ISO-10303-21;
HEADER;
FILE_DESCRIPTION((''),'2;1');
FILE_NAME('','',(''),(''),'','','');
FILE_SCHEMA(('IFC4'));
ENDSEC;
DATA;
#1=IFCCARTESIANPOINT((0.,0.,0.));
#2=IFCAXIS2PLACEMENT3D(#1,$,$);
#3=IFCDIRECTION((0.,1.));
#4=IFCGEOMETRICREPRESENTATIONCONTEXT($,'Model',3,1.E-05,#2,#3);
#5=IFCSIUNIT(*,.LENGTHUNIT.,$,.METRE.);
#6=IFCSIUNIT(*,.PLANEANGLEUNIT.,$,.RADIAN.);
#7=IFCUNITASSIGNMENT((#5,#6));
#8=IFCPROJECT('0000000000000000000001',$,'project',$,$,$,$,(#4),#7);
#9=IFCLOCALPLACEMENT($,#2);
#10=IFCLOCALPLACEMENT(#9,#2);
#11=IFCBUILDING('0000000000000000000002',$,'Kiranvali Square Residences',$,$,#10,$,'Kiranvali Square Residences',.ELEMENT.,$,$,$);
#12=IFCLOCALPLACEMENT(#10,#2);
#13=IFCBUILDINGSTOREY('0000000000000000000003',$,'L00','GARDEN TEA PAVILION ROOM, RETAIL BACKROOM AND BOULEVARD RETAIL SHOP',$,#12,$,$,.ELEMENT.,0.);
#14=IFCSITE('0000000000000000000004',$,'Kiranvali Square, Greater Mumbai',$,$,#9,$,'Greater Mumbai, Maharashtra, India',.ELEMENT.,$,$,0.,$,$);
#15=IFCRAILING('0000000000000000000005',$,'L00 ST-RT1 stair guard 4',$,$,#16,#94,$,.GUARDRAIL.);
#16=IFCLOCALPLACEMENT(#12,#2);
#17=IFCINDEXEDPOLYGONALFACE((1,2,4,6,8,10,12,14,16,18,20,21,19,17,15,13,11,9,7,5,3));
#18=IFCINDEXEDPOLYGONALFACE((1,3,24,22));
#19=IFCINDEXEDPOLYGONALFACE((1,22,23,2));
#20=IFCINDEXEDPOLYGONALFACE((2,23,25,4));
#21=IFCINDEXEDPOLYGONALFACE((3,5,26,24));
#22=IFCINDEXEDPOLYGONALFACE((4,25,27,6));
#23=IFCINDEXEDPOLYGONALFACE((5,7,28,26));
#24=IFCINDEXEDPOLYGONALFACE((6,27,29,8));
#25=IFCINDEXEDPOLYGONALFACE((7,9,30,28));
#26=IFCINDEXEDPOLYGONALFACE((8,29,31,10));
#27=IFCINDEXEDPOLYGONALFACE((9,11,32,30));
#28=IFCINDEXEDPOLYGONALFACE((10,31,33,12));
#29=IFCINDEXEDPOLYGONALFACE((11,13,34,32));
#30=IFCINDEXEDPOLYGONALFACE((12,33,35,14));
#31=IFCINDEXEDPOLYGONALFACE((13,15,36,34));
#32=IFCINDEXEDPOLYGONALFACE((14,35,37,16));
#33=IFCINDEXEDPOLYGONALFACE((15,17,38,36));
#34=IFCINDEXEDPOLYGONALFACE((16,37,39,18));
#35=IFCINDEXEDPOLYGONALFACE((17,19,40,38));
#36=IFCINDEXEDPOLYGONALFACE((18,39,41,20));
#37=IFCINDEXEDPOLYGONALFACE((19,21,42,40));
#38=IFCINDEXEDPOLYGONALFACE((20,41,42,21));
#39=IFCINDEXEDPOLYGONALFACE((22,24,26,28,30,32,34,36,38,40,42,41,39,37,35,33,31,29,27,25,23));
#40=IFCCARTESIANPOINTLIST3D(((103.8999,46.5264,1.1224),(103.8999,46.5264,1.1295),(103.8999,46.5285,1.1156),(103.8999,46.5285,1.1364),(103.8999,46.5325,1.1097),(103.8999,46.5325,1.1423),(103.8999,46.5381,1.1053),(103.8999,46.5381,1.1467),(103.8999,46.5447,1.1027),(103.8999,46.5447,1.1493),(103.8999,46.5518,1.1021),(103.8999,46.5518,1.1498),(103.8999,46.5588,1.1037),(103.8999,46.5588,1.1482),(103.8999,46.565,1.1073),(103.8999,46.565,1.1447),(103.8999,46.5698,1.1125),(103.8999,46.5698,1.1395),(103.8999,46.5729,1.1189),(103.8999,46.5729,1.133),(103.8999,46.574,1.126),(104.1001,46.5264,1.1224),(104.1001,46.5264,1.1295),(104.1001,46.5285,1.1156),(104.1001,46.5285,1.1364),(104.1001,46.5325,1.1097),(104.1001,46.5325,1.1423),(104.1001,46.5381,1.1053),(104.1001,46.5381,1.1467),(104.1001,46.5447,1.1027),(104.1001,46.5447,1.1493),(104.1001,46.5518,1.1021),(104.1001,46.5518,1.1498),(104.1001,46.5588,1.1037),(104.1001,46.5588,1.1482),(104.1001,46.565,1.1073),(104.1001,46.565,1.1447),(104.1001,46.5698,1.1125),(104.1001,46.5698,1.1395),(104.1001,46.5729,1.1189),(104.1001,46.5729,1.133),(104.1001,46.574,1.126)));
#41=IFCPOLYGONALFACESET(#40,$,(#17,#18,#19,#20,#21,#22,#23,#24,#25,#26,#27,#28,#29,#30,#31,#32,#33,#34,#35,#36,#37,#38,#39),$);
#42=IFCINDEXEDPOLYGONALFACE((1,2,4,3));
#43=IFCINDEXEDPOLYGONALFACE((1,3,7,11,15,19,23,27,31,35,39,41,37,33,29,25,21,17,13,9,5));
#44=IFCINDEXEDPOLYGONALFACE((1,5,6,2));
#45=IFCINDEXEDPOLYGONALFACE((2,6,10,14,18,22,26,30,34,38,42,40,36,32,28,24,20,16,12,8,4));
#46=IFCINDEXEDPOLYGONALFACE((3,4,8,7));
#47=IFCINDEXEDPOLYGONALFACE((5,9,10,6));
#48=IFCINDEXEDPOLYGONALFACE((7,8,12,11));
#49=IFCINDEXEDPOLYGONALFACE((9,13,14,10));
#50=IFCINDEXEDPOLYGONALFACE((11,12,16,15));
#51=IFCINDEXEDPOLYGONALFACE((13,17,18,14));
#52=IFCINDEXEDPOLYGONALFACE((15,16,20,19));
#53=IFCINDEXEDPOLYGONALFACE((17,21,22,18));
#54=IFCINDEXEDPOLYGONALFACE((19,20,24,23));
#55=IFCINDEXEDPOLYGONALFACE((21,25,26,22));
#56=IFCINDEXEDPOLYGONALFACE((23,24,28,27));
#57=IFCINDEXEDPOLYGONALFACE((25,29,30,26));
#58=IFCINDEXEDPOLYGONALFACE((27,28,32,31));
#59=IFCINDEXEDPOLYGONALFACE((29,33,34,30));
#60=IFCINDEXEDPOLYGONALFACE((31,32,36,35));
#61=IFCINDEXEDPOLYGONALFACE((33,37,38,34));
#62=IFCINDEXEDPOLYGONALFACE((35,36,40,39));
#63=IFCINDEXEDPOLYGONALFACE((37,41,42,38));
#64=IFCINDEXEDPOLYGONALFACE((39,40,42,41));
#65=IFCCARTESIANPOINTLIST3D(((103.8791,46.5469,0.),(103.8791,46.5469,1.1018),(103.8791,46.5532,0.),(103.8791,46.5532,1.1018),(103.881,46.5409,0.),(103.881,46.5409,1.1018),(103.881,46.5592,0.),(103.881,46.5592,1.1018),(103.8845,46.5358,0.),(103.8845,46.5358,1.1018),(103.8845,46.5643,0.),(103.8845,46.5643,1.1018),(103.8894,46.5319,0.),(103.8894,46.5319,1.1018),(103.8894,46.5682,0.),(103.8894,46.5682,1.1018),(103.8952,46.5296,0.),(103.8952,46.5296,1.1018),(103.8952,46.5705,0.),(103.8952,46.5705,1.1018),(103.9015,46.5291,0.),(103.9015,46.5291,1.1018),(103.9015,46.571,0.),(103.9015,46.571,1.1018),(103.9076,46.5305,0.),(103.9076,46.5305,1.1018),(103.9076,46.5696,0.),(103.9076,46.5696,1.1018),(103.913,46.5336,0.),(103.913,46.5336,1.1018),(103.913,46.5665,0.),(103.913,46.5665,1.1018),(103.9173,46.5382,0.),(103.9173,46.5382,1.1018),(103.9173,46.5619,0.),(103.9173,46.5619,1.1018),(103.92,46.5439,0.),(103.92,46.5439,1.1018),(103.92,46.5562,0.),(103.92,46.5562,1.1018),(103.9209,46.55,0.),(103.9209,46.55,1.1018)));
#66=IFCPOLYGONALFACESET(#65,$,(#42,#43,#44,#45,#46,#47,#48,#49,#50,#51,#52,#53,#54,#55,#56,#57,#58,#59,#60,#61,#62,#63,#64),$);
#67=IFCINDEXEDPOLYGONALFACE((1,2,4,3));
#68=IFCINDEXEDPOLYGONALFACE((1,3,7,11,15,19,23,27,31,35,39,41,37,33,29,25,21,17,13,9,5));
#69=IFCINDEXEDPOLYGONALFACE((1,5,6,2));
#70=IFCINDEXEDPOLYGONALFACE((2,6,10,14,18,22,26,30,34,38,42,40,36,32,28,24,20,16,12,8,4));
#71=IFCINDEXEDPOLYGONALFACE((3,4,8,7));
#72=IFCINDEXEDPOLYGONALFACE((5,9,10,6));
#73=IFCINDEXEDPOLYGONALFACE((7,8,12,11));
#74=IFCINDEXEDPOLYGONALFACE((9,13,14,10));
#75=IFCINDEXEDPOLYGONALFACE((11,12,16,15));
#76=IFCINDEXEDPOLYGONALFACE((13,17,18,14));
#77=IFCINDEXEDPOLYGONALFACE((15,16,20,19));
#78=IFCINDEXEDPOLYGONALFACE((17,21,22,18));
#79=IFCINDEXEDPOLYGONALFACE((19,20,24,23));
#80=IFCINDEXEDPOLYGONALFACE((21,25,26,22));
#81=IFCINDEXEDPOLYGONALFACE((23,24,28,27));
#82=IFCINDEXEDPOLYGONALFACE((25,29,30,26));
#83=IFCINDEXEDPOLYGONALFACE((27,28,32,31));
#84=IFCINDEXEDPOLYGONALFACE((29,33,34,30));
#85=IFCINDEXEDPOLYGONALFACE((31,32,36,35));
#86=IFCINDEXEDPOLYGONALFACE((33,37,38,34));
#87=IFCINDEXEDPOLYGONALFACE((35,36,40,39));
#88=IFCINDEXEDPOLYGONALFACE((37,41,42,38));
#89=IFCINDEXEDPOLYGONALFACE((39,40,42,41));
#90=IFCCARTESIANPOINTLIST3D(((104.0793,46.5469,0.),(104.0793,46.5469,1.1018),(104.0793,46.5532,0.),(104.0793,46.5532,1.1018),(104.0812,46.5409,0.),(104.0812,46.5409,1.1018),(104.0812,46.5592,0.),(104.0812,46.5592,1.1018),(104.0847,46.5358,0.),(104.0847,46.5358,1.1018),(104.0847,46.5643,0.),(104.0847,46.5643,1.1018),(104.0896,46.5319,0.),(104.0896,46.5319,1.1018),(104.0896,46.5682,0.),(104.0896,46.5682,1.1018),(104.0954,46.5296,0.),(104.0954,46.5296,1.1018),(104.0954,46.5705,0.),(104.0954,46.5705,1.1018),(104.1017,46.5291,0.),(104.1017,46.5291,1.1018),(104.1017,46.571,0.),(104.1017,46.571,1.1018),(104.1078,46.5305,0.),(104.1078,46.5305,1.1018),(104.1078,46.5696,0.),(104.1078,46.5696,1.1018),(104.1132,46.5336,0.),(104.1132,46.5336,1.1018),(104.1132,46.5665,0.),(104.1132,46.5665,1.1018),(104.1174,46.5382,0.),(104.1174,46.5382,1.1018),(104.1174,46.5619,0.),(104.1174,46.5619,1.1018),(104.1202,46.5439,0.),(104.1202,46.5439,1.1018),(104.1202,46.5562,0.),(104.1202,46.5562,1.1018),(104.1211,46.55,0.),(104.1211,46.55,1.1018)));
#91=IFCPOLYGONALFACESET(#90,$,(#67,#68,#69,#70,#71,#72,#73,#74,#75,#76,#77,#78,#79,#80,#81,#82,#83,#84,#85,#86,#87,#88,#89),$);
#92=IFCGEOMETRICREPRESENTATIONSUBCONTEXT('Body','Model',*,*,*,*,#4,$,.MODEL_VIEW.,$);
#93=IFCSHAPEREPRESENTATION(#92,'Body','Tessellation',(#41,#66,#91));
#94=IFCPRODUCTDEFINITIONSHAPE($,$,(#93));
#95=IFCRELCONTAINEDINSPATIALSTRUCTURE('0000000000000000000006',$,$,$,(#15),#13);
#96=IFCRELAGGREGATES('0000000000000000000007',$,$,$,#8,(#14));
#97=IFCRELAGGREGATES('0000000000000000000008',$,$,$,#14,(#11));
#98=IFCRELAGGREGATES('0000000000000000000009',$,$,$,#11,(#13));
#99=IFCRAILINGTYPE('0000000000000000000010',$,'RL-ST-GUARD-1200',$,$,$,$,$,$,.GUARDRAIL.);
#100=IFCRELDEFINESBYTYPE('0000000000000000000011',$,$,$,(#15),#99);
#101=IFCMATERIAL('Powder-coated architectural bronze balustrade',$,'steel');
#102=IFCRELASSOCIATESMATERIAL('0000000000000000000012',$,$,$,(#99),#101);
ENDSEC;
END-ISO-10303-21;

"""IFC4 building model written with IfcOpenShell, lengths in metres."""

from ifc_helpers import new_model, si_unit, direction, frame, origin, origin_2d, place, context, subcontext, project, spatial, circle, extrude, material, type_object, element, save


model = new_model("IFC4")

# Units and contexts
model_context = context("Model", 3, precision=1e-05, world=origin(), true_north=direction((0.0, 1.0)))
body_context = subcontext(model_context, "Body", "Model", "MODEL_VIEW")
ifc_project = project(units=[si_unit("LENGTHUNIT", "METRE"), si_unit("PLANEANGLEUNIT", "RADIAN")], contexts=[model_context])

# Site, building, storey
site_placement = place(None, origin())
site = spatial("IfcSite", under=ifc_project, at=site_placement, Name="Kiranvali Square, Greater Mumbai", LongName="Greater Mumbai, Maharashtra, India", CompositionType="ELEMENT", RefElevation=0.0)
building_placement = place(site_placement, origin())
building = spatial("IfcBuilding", under=site, at=building_placement, Name="Kiranvali Square Residences", LongName="Kiranvali Square Residences", CompositionType="ELEMENT")
storey_placement = place(building_placement, origin())
storey = spatial("IfcBuildingStorey", under=building, at=storey_placement, Name="L00", Description="GARDEN TEA PAVILION ROOM, RETAIL BACKROOM AND BOULEVARD RETAIL SHOP", CompositionType="ELEMENT", Elevation=0.0)

# Railing
ifc_material_1 = material(Name="Powder-coated architectural bronze balustrade", Category="steel")
railing_type_1 = type_object("IfcRailingType", Name="RL-ST-GUARD-1200", PredefinedType="GUARDRAIL", material=ifc_material_1)
railing_1_placement = place(storey_placement, frame((103.8999, 46.55, 0.0)))
element("IfcRailing", 1, at=railing_1_placement, inside=storey, type_object=railing_type_1, Name="L00 ST-RT1 stair guard 4", PredefinedType="GUARDRAIL", context=body_context, shape_type="SweptSolid", body=[
    extrude(circle(Radius=0.0239, at=origin_2d()), frame((0.0, 0.0, 1.126), z_axis=(1.0, 0.0, 0.0), x_axis=(0.0, 1.0, 0.0)), (0.0, 0.0, 1.0), 0.2002),
    extrude(circle(Radius=0.021, at=origin_2d()), origin(), (0.0, 0.0, 1.0), 1.1018),
    extrude(circle(Radius=0.021, at=origin_2d()), frame((0.2002, 0.0, 0.0)), (0.0, 0.0, 1.0), 1.1018),
])

save(model, "model.ifc")
